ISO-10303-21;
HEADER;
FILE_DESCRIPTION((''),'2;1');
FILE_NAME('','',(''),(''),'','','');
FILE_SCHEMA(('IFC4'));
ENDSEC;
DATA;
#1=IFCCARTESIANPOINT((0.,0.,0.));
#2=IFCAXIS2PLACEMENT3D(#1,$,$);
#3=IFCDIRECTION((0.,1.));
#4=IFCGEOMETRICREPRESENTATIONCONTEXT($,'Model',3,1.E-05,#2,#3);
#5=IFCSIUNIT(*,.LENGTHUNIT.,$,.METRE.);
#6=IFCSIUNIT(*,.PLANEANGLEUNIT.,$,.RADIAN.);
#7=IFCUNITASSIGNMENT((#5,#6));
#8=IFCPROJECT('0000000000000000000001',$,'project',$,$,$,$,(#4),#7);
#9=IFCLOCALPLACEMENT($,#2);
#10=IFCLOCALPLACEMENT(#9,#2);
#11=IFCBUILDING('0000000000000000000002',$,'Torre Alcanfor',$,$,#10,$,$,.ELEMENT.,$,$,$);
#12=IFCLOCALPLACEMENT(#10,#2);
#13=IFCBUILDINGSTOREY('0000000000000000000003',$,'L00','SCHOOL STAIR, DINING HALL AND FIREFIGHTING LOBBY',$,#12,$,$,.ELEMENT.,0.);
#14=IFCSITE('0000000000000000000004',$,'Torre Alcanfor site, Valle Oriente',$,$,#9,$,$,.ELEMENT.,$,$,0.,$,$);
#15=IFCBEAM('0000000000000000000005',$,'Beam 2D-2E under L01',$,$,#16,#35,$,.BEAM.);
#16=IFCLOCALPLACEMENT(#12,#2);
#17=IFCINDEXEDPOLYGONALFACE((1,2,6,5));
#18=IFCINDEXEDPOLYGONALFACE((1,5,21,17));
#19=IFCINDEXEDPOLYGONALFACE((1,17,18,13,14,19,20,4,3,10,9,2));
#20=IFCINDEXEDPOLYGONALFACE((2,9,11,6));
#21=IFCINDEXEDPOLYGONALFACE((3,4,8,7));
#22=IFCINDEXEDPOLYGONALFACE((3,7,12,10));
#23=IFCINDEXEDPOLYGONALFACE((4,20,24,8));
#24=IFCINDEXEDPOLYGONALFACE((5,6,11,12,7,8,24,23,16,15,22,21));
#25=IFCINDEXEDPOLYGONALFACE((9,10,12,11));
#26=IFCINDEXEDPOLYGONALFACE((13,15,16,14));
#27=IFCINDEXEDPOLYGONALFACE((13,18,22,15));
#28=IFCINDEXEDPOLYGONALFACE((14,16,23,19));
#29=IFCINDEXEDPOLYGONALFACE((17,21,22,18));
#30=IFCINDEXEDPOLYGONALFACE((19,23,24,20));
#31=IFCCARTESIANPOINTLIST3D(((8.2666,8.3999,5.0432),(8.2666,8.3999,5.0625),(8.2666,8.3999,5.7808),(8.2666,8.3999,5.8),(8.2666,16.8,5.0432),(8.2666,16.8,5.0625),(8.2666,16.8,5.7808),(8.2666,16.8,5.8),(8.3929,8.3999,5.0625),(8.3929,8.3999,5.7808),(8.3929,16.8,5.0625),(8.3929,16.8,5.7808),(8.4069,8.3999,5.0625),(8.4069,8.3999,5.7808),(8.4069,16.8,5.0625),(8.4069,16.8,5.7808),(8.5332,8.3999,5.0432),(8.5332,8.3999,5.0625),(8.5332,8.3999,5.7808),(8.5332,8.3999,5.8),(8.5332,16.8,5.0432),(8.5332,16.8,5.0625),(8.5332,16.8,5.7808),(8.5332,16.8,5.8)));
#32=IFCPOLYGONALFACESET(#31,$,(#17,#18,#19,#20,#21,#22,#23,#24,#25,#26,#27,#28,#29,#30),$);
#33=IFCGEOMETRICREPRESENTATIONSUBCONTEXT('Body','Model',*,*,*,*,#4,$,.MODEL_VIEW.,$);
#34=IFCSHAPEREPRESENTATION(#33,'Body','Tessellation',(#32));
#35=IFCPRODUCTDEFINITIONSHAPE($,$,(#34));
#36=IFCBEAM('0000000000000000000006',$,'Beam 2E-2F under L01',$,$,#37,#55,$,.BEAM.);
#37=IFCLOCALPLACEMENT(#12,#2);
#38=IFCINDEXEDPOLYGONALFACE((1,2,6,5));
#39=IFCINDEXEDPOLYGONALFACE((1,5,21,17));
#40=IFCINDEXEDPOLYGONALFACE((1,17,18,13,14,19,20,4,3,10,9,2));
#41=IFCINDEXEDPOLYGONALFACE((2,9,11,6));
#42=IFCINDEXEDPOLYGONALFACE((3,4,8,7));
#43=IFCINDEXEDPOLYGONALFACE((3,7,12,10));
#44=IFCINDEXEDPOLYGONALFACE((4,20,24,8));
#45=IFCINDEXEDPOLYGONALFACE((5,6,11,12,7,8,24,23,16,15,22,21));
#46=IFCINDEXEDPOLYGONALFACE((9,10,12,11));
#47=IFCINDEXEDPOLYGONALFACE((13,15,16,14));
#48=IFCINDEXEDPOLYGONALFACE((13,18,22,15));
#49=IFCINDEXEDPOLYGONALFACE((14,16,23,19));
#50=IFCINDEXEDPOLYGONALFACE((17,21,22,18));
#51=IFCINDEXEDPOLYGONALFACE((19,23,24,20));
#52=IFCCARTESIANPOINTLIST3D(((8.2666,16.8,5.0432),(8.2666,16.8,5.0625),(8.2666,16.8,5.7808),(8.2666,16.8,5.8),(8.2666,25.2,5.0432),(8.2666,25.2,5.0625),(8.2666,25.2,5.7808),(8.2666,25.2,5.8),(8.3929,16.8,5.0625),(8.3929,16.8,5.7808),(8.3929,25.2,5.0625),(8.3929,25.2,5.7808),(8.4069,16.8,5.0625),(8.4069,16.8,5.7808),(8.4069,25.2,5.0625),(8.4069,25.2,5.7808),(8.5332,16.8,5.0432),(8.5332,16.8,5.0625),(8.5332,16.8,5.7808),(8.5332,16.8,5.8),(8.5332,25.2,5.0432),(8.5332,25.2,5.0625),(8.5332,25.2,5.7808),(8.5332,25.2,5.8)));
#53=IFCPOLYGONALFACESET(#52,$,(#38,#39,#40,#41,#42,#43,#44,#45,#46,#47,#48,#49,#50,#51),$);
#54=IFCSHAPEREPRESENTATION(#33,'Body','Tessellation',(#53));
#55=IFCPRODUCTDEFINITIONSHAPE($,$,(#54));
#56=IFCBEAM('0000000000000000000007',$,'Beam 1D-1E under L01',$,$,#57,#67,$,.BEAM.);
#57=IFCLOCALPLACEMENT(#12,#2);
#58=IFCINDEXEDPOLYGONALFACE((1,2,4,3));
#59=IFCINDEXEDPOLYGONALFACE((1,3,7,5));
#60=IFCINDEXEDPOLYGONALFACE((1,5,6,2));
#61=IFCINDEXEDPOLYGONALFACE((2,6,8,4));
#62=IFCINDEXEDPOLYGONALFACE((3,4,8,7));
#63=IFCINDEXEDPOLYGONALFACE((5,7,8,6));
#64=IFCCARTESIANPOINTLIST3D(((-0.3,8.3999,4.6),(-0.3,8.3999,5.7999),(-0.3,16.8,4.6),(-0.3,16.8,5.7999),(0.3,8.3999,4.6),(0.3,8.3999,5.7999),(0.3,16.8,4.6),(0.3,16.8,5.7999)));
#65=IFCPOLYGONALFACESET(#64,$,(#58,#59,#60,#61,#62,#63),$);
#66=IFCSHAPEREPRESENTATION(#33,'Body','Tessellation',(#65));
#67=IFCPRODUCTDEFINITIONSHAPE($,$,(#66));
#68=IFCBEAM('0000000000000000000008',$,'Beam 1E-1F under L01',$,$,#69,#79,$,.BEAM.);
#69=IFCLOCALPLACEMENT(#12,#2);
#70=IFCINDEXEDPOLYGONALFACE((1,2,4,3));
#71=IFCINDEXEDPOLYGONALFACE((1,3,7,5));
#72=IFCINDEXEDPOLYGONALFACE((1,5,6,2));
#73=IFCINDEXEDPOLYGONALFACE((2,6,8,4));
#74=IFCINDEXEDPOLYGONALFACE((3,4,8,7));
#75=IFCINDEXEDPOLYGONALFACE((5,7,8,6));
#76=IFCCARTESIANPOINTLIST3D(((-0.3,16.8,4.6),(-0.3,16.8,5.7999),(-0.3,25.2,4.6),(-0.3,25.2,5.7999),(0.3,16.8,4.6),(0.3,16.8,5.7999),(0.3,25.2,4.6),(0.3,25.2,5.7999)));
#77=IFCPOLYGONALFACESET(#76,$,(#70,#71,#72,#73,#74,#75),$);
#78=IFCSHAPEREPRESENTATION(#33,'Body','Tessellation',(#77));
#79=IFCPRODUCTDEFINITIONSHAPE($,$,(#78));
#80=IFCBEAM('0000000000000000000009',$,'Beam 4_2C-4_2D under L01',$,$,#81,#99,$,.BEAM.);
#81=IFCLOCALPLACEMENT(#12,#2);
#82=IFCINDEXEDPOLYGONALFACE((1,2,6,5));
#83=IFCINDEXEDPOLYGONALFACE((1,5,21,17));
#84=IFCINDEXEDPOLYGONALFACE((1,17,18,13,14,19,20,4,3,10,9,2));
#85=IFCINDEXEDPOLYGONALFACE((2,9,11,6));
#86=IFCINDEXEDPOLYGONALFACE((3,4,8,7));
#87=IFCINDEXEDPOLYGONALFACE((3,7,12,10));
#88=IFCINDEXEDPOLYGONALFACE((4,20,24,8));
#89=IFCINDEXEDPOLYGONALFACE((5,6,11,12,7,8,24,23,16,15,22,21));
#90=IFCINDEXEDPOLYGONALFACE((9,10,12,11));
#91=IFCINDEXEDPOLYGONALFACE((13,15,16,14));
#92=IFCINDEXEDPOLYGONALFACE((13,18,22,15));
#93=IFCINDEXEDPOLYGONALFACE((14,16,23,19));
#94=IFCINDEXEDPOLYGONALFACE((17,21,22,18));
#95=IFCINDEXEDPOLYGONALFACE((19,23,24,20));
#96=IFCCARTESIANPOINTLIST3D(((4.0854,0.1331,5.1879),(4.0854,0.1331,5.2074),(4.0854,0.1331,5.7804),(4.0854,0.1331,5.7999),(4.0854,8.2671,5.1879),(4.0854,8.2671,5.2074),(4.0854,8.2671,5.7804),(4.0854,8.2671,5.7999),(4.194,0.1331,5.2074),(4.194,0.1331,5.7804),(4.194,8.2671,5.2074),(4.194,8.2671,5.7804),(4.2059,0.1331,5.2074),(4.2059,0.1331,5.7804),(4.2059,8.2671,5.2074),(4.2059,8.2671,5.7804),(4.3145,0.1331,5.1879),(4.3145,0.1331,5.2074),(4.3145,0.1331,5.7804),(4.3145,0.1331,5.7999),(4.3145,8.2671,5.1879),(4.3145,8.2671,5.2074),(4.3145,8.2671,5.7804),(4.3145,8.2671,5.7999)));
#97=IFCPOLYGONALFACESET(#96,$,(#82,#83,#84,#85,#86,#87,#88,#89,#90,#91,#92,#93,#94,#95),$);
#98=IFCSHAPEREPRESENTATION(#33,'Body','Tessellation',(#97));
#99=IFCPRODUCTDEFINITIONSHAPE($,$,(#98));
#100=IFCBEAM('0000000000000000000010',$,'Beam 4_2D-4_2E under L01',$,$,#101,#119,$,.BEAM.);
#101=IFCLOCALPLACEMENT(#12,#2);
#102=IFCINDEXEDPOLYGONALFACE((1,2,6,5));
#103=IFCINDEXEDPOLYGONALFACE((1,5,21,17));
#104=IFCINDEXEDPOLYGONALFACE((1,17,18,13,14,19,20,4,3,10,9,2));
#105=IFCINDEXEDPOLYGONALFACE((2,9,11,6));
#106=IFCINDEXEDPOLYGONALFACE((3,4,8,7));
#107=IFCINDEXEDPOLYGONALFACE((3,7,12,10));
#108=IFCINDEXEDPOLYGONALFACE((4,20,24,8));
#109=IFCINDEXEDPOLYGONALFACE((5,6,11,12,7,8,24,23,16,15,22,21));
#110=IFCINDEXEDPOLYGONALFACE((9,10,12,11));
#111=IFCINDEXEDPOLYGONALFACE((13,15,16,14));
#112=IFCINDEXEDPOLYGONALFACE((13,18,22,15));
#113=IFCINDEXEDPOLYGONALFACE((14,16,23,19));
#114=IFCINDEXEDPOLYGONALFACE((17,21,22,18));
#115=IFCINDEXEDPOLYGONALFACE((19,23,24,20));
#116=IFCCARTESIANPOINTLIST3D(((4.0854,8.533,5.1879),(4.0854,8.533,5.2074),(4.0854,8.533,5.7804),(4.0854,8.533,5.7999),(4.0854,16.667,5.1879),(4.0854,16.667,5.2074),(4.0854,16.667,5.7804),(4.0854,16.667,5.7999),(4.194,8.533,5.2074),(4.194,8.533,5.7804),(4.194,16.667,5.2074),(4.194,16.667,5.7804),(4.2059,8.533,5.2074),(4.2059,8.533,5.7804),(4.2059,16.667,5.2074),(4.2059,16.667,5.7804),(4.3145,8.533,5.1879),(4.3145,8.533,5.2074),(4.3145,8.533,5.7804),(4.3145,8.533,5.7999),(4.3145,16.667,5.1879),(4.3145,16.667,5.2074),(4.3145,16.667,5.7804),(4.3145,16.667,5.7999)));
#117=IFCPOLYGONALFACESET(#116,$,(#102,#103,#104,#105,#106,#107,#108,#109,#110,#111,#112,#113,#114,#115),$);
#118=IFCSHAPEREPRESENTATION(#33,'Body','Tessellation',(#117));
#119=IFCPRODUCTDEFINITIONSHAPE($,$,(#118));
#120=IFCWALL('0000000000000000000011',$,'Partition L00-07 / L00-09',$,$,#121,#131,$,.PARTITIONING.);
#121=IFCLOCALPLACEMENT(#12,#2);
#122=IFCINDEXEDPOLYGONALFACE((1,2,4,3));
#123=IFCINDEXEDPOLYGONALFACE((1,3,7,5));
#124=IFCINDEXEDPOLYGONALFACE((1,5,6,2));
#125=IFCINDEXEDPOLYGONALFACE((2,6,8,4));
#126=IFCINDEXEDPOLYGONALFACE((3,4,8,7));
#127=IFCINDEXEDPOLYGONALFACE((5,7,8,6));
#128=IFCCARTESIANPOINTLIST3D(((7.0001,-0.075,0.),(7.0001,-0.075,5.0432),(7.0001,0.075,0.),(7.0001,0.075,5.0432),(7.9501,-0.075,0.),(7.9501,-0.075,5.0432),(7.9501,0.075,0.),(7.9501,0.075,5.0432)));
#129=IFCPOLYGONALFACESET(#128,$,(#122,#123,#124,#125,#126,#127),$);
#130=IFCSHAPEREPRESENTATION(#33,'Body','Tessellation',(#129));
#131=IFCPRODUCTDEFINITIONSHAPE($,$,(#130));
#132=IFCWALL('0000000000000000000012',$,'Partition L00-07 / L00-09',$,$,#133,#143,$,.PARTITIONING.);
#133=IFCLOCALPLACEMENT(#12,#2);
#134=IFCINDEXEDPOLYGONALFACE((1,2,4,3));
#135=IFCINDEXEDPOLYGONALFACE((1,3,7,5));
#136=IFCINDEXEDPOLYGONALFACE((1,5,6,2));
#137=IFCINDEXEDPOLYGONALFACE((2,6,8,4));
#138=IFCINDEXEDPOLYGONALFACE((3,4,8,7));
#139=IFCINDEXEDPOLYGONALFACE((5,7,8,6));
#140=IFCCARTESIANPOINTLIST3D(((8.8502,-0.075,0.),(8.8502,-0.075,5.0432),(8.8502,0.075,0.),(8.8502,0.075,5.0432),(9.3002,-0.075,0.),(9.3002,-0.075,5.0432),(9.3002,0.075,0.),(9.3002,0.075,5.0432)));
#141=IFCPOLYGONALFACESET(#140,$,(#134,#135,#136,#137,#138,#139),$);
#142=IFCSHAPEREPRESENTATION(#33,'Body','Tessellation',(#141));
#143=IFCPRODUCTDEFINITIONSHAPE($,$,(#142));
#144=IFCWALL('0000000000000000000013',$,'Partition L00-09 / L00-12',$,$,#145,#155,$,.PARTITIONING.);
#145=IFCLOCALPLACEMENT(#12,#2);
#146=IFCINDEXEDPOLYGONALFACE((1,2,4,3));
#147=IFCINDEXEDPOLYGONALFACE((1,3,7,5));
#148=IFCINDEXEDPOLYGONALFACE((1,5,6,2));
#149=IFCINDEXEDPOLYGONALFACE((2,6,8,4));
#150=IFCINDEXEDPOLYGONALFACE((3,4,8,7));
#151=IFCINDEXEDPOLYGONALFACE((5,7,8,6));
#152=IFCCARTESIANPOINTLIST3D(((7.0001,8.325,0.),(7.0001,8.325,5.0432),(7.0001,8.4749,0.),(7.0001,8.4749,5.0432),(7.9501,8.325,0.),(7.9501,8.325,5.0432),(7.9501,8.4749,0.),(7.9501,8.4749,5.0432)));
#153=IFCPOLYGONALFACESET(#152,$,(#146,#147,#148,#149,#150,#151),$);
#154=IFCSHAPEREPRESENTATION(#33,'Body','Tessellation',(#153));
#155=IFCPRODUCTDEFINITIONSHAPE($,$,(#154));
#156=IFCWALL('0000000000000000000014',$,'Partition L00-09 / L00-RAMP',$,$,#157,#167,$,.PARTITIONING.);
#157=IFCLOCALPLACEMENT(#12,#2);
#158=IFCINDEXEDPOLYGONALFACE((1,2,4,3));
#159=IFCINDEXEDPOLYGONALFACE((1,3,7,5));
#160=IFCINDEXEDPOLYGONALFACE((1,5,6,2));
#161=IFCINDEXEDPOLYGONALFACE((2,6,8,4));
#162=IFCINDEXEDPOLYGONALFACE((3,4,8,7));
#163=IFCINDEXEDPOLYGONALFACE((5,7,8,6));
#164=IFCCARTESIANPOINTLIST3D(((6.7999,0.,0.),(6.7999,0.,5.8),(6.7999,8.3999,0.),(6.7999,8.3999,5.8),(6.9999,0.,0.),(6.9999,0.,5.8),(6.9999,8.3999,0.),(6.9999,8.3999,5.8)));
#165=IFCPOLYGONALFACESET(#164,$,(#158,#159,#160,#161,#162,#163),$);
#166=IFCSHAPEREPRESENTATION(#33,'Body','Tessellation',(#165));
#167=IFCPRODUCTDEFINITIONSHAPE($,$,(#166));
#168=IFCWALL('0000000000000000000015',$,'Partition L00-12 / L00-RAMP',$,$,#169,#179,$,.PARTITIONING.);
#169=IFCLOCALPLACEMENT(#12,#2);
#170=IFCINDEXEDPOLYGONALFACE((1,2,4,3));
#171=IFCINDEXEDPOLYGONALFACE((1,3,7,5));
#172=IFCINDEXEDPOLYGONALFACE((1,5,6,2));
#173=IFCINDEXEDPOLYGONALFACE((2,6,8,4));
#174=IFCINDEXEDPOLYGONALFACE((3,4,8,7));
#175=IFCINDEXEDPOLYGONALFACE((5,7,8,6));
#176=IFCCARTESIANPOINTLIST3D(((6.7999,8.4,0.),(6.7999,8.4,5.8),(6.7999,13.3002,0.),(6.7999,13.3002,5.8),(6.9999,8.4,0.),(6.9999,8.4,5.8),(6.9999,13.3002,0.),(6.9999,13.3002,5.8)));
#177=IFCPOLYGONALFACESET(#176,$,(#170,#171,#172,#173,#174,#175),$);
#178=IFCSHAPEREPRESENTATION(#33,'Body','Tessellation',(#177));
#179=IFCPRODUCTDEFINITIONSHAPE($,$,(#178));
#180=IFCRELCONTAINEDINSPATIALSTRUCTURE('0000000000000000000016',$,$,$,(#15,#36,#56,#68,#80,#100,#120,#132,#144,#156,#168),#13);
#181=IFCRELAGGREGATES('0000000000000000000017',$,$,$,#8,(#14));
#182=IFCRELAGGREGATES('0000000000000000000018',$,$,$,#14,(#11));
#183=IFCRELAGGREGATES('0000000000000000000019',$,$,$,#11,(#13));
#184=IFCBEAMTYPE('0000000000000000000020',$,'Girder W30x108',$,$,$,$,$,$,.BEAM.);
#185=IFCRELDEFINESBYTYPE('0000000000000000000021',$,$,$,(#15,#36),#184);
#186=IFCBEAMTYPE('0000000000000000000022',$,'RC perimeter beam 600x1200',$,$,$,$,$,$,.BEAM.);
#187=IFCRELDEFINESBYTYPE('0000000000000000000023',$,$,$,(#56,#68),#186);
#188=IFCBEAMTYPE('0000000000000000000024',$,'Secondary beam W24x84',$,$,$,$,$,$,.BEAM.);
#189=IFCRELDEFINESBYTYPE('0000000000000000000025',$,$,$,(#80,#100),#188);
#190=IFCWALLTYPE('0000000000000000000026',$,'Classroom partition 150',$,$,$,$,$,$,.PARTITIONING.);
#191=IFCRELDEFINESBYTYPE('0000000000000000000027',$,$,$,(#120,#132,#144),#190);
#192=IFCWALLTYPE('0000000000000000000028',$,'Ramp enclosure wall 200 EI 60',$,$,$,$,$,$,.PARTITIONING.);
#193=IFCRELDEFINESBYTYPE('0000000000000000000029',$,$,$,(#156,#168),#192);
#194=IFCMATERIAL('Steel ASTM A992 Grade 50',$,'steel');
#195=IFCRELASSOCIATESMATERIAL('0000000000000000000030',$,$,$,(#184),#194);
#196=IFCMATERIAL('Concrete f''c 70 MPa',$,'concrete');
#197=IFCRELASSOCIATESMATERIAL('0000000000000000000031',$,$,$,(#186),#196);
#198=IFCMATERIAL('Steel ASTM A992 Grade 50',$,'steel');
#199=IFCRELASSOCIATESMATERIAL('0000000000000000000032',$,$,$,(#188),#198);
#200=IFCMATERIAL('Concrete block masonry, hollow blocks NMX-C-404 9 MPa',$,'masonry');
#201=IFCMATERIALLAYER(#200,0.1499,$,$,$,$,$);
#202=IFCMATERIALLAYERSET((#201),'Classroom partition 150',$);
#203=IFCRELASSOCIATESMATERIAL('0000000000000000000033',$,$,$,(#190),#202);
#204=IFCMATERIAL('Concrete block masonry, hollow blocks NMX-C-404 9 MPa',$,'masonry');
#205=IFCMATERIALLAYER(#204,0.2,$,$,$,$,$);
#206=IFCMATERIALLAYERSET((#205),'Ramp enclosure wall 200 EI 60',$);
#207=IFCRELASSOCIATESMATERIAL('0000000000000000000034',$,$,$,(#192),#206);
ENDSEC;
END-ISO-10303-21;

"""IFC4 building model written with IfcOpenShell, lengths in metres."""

from ifc_helpers import new_model, si_unit, direction, frame, frame_2d, origin, origin_2d, place, context, subcontext, project, spatial, rectangle, i_section, extrude, material, layer, layer_set, material_profile, profile_set, type_object, element, save


model = new_model("IFC4")

# Units and contexts
model_context = context("Model", 3, precision=1e-05, world=origin(), true_north=direction((0.0, 1.0)))
body_context = subcontext(model_context, "Body", "Model", "MODEL_VIEW")
ifc_project = project(units=[si_unit("LENGTHUNIT", "METRE"), si_unit("PLANEANGLEUNIT", "RADIAN")], contexts=[model_context])

# Site, building, storey
site_placement = place(None, origin())
site = spatial("IfcSite", under=ifc_project, at=site_placement, Name="Torre Alcanfor site, Valle Oriente", CompositionType="ELEMENT", RefElevation=0.0)
building_placement = place(site_placement, origin())
building = spatial("IfcBuilding", under=site, at=building_placement, Name="Torre Alcanfor", CompositionType="ELEMENT")
storey_placement = place(building_placement, origin())
storey = spatial("IfcBuildingStorey", under=building, at=storey_placement, Name="L00", Description="SCHOOL STAIR, DINING HALL AND FIREFIGHTING LOBBY", CompositionType="ELEMENT", Elevation=0.0)

# Beams
ifc_material_1 = material(Name="Steel ASTM A992 Grade 50", Category="steel")
ifc_material_profile_1 = material_profile(ifc_material_1, i_section(OverallWidth=0.2666, OverallDepth=0.7568, WebThickness=0.0139, FlangeThickness=0.0193, at=origin_2d()), Name="W30x108")
ifc_profile_set_1 = profile_set([ifc_material_profile_1], Name="Steel ASTM A992 Grade 50")
beam_type_1 = type_object("IfcBeamType", Name="Girder W30x108", PredefinedType="BEAM", material=ifc_profile_set_1)
beam_1_placement = place(storey_placement, frame((8.3999, 8.3999, 5.4216), z_axis=(0.0, 1.0, 0.0), x_axis=(-1.0, 0.0, 0.0)))
element("IfcBeam", 1, at=beam_1_placement, inside=storey, type_object=beam_type_1, Name="Beam 2D-2E under L01", PredefinedType="BEAM", context=body_context, shape_type="SweptSolid", body=[
    extrude(i_section(OverallWidth=0.2666, OverallDepth=0.7568, WebThickness=0.0139, FlangeThickness=0.0193, at=origin_2d()), origin(), (0.0, 0.0, 1.0), 8.4001),
])
beam_2_placement = place(storey_placement, frame((8.3999, 16.8, 5.4216), z_axis=(0.0, 1.0, 0.0), x_axis=(-1.0, 0.0, 0.0)))
element("IfcBeam", 2, at=beam_2_placement, inside=storey, type_object=beam_type_1, Name="Beam 2E-2F under L01", PredefinedType="BEAM", context=body_context, shape_type="SweptSolid", body=[
    extrude(i_section(OverallWidth=0.2666, OverallDepth=0.7568, WebThickness=0.0139, FlangeThickness=0.0193, at=origin_2d()), origin(), (0.0, 0.0, 1.0), 8.3999),
])
ifc_material_2 = material(Name="Concrete f'c 70 MPa", Category="concrete")
ifc_material_profile_2 = material_profile(ifc_material_2, rectangle(XDim=0.6001, YDim=1.2, at=origin_2d()), Name="600x1200")
ifc_profile_set_2 = profile_set([ifc_material_profile_2], Name="Concrete f'c 70 MPa")
beam_type_2 = type_object("IfcBeamType", Name="RC perimeter beam 600x1200", PredefinedType="BEAM", material=ifc_profile_set_2)
beam_3_placement = place(storey_placement, frame((0.0, 8.3999, 5.2), z_axis=(0.0, 1.0, 0.0), x_axis=(-1.0, 0.0, 0.0)))
element("IfcBeam", 3, at=beam_3_placement, inside=storey, type_object=beam_type_2, Name="Beam 1D-1E under L01", PredefinedType="BEAM", context=body_context, shape_type="SweptSolid", body=[
    extrude(rectangle(XDim=0.6001, YDim=1.2, at=origin_2d()), origin(), (0.0, 0.0, 1.0), 8.4001),
])
beam_4_placement = place(storey_placement, frame((0.0, 16.8, 5.2), z_axis=(0.0, 1.0, 0.0), x_axis=(-1.0, 0.0, 0.0)))
element("IfcBeam", 4, at=beam_4_placement, inside=storey, type_object=beam_type_2, Name="Beam 1E-1F under L01", PredefinedType="BEAM", context=body_context, shape_type="SweptSolid", body=[
    extrude(rectangle(XDim=0.6001, YDim=1.2, at=origin_2d()), origin(), (0.0, 0.0, 1.0), 8.3999),
])
ifc_material_3 = material(Name="Steel ASTM A992 Grade 50", Category="steel")
ifc_material_profile_3 = material_profile(ifc_material_3, i_section(OverallWidth=0.229, OverallDepth=0.6121, WebThickness=0.012, FlangeThickness=0.0195, at=origin_2d()), Name="W24x84")
ifc_profile_set_3 = profile_set([ifc_material_profile_3], Name="Steel ASTM A992 Grade 50")
beam_type_3 = type_object("IfcBeamType", Name="Secondary beam W24x84", PredefinedType="BEAM", material=ifc_profile_set_3)
for number, where, z_axis, x_axis, name in (
    (5, (4.2, 0.1331, 5.4939), (0.0, 1.0, 0.0), (-1.0, 0.0, 0.0), "Beam 4_2C-4_2D under L01"),
    (6, (4.2, 8.533, 5.4939), (0.0, 1.0, 0.0), (-1.0, 0.0, 0.0), "Beam 4_2D-4_2E under L01"),
):
    element("IfcBeam", number, at=place(storey_placement, frame(where, z_axis=z_axis, x_axis=x_axis)), inside=storey, type_object=beam_type_3, Name=name, PredefinedType="BEAM", context=body_context, shape_type="SweptSolid", body=[
        extrude(i_section(OverallWidth=0.229, OverallDepth=0.6121, WebThickness=0.012, FlangeThickness=0.0195, at=origin_2d()), origin(), (0.0, 0.0, 1.0), 8.134),
    ])

# Walls
ifc_material_4 = material(Name="Concrete block masonry, hollow blocks NMX-C-404 9 MPa", Category="masonry")
ifc_layer_1 = layer(ifc_material_4, 0.1499)
ifc_layer_set_1 = layer_set([ifc_layer_1], Name="Classroom partition 150")
wall_type_1 = type_object("IfcWallType", Name="Classroom partition 150", PredefinedType="PARTITIONING", material=ifc_layer_set_1)
wall_1_placement = place(storey_placement, frame((7.0, 0.0, 0.0), z_axis=(0.0, 0.0, 1.0), x_axis=(1.0, 0.0, 0.0)))
element("IfcWall", 7, at=wall_1_placement, inside=storey, type_object=wall_type_1, Name="Partition L00-07 / L00-09", PredefinedType="PARTITIONING", context=body_context, shape_type="SweptSolid", body=[
    extrude(rectangle(XDim=0.95, YDim=0.1499, at=frame_2d((0.4751, 0.0))), origin(), (0.0, 0.0, 1.0), 5.0432),
])
wall_2_placement = place(storey_placement, frame((8.8501, 0.0, 0.0), z_axis=(0.0, 0.0, 1.0), x_axis=(1.0, 0.0, 0.0)))
element("IfcWall", 8, at=wall_2_placement, inside=storey, type_object=wall_type_1, Name="Partition L00-07 / L00-09", PredefinedType="PARTITIONING", context=body_context, shape_type="SweptSolid", body=[
    extrude(rectangle(XDim=0.45, YDim=0.1499, at=frame_2d((0.2251, 0.0))), origin(), (0.0, 0.0, 1.0), 5.0432),
])
wall_3_placement = place(storey_placement, frame((7.0, 8.3999, 0.0), z_axis=(0.0, 0.0, 1.0), x_axis=(1.0, 0.0, 0.0)))
element("IfcWall", 9, at=wall_3_placement, inside=storey, type_object=wall_type_1, Name="Partition L00-09 / L00-12", PredefinedType="PARTITIONING", context=body_context, shape_type="SweptSolid", body=[
    extrude(rectangle(XDim=0.95, YDim=0.1499, at=frame_2d((0.4751, 0.0))), origin(), (0.0, 0.0, 1.0), 5.0432),
])
ifc_material_5 = material(Name="Concrete block masonry, hollow blocks NMX-C-404 9 MPa", Category="masonry")
ifc_layer_2 = layer(ifc_material_5, 0.2)
ifc_layer_set_2 = layer_set([ifc_layer_2], Name="Ramp enclosure wall 200 EI 60")
wall_type_2 = type_object("IfcWallType", Name="Ramp enclosure wall 200 EI 60", PredefinedType="PARTITIONING", material=ifc_layer_set_2)
wall_4_placement = place(storey_placement, frame((6.8999, 0.0, 0.0), z_axis=(0.0, 0.0, 1.0), x_axis=(0.0, 1.0, 0.0)))
element("IfcWall", 10, at=wall_4_placement, inside=storey, type_object=wall_type_2, Name="Partition L00-09 / L00-RAMP", PredefinedType="PARTITIONING", context=body_context, shape_type="SweptSolid", body=[
    extrude(rectangle(XDim=8.3999, YDim=0.2, at=frame_2d((4.2, 0.0))), origin(), (0.0, 0.0, 1.0), 5.8),
])
wall_5_placement = place(storey_placement, frame((6.8999, 8.3999, 0.0), z_axis=(0.0, 0.0, 1.0), x_axis=(0.0, 1.0, 0.0)))
element("IfcWall", 11, at=wall_5_placement, inside=storey, type_object=wall_type_2, Name="Partition L00-12 / L00-RAMP", PredefinedType="PARTITIONING", context=body_context, shape_type="SweptSolid", body=[
    extrude(rectangle(XDim=4.9001, YDim=0.2, at=frame_2d((2.4502, 0.0))), origin(), (0.0, 0.0, 1.0), 5.8),
])

save(model, "model.ifc")
